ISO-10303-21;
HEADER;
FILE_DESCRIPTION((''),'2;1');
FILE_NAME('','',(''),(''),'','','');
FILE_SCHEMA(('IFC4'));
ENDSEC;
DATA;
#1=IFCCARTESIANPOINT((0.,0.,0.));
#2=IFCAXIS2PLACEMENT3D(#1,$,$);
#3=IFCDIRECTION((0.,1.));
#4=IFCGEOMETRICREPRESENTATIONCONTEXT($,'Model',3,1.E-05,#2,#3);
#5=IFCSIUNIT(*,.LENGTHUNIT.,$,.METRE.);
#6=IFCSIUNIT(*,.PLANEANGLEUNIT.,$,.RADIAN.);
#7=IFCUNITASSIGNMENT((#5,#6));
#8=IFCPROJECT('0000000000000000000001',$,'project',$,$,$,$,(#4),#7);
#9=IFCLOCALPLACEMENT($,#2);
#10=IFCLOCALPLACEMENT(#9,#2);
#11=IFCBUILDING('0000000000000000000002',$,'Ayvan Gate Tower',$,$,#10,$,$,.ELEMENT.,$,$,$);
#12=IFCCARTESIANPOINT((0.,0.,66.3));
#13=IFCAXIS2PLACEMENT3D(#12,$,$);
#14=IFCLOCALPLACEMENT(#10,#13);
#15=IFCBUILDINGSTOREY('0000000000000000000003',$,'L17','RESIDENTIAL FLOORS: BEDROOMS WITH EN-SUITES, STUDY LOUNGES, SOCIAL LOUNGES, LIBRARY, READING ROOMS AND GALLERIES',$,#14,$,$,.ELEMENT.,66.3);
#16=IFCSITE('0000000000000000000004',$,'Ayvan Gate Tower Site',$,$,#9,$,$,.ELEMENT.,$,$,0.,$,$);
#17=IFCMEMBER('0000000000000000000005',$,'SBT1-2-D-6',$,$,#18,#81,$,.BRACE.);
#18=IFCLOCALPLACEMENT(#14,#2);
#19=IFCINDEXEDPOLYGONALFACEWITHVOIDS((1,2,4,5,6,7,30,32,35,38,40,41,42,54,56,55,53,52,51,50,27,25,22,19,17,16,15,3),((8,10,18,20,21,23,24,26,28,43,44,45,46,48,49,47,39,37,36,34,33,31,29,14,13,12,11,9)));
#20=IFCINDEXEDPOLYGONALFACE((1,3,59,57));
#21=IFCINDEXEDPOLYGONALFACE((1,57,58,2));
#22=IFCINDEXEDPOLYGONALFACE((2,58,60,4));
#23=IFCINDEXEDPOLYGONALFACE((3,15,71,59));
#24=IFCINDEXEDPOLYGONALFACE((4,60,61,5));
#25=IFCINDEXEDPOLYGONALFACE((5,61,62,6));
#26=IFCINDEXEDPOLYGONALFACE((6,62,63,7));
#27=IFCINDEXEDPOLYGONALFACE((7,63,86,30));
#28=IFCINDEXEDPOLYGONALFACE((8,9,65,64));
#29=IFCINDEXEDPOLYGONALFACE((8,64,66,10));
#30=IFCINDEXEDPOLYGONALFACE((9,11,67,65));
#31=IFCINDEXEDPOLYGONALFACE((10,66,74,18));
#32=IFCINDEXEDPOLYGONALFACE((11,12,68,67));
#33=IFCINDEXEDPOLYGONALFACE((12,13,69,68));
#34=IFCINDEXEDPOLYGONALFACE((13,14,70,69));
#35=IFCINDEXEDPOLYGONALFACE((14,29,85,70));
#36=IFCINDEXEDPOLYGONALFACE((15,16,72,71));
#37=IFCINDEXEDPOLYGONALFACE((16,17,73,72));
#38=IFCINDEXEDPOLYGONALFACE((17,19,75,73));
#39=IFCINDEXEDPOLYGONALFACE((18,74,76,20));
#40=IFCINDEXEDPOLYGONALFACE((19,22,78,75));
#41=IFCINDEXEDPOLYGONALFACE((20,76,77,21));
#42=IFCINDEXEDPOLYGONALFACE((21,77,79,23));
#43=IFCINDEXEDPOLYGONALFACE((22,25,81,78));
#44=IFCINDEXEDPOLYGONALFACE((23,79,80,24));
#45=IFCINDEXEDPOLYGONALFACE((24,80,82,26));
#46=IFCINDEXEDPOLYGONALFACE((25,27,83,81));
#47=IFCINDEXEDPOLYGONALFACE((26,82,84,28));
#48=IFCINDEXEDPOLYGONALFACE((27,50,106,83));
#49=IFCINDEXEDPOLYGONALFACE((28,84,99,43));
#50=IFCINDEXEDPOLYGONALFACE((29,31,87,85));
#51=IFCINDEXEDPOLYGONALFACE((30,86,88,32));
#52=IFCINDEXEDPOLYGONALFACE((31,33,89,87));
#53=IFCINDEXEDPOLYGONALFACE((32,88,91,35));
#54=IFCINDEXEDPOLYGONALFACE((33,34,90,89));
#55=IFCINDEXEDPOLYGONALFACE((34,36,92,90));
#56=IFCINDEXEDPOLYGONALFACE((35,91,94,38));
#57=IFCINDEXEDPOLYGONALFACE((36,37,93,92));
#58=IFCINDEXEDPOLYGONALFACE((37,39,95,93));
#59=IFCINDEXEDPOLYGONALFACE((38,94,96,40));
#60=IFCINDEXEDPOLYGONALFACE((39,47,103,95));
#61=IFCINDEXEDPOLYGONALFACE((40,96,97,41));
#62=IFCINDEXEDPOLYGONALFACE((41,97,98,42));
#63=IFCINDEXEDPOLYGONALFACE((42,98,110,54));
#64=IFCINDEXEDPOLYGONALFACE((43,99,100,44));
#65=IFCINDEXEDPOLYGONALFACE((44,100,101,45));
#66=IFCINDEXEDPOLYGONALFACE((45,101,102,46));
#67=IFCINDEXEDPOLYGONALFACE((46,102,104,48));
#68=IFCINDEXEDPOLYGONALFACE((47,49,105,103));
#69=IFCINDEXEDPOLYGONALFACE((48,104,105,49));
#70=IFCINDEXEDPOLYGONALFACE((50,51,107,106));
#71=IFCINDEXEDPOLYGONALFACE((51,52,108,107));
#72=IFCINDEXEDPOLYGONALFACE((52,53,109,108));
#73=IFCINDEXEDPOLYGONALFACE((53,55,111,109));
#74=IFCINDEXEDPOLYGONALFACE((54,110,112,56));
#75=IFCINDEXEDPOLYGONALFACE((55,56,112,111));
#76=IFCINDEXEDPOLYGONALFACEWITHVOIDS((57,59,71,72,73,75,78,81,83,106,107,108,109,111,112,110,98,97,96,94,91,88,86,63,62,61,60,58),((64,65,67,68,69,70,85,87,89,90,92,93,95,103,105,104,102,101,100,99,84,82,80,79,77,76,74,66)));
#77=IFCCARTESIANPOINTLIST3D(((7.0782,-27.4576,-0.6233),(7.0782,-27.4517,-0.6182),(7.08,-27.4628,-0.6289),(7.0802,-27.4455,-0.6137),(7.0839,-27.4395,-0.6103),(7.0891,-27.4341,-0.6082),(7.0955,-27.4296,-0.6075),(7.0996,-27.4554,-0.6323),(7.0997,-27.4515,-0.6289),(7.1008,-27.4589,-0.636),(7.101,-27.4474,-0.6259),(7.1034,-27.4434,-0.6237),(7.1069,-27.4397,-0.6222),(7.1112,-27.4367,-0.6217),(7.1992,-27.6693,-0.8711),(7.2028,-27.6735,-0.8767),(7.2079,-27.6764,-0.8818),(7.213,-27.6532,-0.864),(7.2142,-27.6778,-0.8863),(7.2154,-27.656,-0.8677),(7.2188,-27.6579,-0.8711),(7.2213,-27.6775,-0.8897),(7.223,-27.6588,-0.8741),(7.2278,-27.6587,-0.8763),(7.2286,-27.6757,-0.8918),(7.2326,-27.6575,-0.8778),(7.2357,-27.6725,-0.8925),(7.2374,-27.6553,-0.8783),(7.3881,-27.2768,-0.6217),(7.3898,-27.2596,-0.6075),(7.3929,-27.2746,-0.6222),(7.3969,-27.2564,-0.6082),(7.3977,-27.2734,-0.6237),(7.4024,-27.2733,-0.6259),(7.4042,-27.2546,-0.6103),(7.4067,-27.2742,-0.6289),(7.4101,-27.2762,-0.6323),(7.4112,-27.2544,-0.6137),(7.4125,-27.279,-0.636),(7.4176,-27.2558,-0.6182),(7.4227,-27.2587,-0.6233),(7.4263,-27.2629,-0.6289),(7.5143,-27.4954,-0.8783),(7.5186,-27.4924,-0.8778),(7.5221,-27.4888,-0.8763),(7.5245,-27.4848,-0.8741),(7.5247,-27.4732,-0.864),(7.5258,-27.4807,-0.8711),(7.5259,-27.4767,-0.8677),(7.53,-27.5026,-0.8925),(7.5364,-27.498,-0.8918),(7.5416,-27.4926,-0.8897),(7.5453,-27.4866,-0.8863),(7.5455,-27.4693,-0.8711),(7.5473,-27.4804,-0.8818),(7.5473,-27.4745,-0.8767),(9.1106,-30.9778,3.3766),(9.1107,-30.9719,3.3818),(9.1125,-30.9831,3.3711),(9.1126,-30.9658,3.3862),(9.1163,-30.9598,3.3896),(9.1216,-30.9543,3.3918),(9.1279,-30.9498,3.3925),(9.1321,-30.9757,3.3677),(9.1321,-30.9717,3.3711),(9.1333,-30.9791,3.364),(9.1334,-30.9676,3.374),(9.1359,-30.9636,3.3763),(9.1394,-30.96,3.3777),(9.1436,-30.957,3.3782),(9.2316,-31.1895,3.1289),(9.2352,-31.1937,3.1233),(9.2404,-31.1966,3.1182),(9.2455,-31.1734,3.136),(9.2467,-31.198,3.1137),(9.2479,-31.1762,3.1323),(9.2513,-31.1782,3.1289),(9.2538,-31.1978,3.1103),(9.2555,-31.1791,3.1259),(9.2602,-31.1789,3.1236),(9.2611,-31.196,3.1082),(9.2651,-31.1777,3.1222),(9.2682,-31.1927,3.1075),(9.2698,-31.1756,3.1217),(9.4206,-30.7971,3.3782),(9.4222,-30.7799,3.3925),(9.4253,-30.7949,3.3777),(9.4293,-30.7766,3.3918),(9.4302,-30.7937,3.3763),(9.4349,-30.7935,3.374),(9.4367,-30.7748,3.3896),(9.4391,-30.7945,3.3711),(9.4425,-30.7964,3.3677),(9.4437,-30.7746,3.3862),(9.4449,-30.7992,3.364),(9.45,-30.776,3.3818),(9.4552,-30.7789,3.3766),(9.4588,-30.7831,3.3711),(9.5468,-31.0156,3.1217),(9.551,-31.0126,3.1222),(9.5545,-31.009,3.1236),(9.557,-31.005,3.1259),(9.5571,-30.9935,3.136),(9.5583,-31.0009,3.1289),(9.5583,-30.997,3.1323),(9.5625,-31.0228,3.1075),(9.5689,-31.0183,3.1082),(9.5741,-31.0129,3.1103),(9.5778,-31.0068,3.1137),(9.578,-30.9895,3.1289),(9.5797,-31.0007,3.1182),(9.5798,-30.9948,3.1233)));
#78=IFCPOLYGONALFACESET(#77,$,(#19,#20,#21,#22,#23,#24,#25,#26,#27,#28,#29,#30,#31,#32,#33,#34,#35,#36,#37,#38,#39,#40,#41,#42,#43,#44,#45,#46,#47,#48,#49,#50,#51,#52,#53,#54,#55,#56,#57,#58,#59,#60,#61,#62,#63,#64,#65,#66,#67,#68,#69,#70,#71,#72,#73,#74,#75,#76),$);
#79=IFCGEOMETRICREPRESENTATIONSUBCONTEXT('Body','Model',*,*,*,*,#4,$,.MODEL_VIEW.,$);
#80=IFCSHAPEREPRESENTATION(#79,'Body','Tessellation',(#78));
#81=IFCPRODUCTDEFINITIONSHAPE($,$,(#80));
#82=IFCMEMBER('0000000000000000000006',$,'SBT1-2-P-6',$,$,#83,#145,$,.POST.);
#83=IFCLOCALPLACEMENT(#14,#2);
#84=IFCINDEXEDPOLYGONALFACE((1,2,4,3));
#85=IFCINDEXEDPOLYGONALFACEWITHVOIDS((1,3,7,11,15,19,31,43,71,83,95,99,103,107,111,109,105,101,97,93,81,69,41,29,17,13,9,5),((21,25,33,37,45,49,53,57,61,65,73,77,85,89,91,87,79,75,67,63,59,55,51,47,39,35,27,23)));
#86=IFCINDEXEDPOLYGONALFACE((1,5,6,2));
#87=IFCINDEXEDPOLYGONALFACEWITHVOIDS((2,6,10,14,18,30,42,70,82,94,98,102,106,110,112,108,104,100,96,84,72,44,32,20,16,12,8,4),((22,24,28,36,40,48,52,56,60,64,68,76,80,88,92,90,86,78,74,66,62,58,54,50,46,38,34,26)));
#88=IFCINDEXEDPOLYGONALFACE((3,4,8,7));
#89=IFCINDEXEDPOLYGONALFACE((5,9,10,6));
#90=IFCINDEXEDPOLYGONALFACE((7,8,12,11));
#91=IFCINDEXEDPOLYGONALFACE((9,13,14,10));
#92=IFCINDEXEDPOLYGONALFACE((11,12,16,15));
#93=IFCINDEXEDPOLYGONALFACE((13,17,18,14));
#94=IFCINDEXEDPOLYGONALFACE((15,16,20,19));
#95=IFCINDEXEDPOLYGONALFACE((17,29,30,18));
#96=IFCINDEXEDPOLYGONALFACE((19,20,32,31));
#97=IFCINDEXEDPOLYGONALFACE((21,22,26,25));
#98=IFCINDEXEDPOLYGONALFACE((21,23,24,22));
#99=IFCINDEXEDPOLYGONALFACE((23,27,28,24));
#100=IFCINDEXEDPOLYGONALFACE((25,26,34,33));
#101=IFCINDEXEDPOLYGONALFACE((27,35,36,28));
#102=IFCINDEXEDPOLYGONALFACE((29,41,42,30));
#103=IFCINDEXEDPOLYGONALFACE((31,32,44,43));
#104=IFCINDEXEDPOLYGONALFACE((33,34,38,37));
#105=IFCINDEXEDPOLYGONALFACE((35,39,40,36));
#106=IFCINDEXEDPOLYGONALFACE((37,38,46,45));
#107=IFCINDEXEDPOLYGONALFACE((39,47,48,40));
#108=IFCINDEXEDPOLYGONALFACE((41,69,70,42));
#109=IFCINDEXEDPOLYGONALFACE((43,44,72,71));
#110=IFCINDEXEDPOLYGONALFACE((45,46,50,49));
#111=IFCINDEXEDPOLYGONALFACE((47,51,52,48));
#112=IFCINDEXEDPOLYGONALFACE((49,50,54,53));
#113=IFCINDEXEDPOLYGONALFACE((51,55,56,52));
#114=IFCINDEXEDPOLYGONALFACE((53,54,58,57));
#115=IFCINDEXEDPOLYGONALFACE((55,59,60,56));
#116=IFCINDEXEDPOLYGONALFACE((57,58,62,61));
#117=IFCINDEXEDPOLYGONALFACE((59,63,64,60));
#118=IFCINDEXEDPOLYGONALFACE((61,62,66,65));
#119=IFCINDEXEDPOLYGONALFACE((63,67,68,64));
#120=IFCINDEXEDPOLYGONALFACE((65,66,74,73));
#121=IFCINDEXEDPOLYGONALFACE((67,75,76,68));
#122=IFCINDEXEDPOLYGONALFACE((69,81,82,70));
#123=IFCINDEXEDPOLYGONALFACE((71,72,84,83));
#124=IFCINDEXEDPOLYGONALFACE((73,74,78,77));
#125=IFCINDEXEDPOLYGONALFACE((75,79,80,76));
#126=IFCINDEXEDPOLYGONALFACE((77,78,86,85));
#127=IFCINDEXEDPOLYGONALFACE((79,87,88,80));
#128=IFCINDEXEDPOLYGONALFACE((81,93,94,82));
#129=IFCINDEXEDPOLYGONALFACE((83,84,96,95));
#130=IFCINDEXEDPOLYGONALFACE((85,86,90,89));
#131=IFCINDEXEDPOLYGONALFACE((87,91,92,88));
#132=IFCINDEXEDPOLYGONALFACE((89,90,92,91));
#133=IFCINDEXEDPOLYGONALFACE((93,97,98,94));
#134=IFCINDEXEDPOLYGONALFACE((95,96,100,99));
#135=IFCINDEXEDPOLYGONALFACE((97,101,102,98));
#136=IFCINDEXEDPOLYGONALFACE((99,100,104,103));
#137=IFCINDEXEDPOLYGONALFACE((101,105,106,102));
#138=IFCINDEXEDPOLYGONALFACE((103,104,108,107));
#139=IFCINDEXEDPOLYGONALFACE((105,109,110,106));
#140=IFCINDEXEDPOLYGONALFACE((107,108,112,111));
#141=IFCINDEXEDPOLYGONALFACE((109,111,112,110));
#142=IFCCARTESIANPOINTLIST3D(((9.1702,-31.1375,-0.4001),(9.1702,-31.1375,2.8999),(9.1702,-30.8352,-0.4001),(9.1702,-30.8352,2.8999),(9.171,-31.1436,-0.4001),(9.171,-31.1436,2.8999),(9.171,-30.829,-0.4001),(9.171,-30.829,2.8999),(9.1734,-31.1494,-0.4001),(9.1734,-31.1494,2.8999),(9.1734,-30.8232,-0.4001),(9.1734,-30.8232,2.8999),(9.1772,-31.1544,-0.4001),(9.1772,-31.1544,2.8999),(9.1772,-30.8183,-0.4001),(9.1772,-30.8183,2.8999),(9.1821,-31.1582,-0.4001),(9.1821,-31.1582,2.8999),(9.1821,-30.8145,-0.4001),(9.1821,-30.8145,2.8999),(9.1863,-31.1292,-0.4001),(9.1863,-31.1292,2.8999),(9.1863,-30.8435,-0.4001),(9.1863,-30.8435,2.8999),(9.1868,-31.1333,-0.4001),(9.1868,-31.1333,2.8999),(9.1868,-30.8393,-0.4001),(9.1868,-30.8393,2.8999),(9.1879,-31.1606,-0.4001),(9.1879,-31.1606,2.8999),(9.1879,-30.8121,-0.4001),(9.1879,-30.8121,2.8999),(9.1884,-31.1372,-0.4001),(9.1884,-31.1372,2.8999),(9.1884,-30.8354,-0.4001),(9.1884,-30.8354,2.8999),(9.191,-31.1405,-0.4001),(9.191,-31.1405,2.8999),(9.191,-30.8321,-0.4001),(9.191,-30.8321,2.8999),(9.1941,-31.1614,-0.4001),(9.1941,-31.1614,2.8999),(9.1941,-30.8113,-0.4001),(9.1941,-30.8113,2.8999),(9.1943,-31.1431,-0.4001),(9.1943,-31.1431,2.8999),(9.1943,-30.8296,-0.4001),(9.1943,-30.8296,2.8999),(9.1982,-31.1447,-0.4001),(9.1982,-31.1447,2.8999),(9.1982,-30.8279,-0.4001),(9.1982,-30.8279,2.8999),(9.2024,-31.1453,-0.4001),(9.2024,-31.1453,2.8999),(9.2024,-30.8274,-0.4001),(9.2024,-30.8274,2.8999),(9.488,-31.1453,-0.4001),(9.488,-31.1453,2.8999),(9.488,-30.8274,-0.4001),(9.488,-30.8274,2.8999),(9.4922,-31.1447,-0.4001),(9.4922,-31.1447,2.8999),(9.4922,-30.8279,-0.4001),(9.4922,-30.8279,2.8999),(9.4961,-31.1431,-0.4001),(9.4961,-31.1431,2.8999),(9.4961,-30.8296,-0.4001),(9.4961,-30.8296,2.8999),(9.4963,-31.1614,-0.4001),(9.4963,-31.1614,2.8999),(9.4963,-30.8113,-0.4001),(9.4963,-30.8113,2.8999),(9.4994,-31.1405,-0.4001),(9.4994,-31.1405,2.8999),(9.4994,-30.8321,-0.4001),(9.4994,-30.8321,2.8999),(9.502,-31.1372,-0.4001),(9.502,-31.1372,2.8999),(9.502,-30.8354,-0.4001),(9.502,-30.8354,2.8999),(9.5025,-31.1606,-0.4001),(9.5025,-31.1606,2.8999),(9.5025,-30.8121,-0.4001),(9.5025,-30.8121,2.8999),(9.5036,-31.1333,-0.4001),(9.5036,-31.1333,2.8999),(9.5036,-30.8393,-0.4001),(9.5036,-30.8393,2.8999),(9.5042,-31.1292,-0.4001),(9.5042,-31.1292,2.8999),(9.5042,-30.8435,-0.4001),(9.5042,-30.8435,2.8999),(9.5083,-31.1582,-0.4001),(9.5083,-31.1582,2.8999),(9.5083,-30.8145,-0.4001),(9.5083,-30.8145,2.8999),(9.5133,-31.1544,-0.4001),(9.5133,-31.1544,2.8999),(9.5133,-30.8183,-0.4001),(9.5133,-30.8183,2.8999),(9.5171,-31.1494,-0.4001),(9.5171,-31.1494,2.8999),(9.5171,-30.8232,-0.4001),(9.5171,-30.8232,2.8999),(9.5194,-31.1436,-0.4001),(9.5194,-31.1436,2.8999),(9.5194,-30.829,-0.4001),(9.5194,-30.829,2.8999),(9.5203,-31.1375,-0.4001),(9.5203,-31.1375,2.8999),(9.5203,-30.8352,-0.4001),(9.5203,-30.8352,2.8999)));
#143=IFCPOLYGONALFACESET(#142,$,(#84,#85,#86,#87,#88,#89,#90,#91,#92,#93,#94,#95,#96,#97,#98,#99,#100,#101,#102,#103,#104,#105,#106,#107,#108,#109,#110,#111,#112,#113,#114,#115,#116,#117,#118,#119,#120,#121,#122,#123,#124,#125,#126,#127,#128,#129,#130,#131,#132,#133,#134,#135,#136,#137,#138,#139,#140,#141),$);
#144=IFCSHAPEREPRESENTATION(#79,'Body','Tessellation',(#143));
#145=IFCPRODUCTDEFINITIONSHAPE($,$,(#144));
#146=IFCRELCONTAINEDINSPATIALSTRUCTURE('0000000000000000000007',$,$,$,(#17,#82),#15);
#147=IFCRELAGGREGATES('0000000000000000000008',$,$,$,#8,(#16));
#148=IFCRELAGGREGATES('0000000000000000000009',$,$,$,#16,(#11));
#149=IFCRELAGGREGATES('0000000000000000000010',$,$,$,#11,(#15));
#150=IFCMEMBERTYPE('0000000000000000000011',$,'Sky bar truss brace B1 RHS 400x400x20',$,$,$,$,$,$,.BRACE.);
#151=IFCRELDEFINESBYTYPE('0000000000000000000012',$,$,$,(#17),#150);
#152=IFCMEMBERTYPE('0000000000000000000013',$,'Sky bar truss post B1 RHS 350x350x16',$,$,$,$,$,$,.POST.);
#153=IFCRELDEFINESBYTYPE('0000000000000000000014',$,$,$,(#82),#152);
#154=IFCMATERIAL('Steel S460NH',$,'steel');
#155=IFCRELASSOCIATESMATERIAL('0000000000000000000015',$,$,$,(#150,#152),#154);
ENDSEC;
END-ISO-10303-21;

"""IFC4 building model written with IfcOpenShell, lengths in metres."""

from ifc_helpers import new_model, si_unit, direction, frame, origin, origin_2d, place, context, subcontext, project, spatial, hollow_rectangle, extrude, material, material_profile, profile_set, type_object, element, save


model = new_model("IFC4")

# Units and contexts
model_context = context("Model", 3, precision=1e-05, world=origin(), true_north=direction((0.0, 1.0)))
body_context = subcontext(model_context, "Body", "Model", "MODEL_VIEW")
ifc_project = project(units=[si_unit("LENGTHUNIT", "METRE"), si_unit("PLANEANGLEUNIT", "RADIAN")], contexts=[model_context])

# Site, building, storey
site_placement = place(None, origin())
site = spatial("IfcSite", under=ifc_project, at=site_placement, Name="Ayvan Gate Tower Site", CompositionType="ELEMENT", RefElevation=0.0)
building_placement = place(site_placement, origin())
building = spatial("IfcBuilding", under=site, at=building_placement, Name="Ayvan Gate Tower", CompositionType="ELEMENT")
storey_placement = place(building_placement, frame((0.0, 0.0, 66.3)))
storey = spatial("IfcBuildingStorey", under=building, at=storey_placement, Name="L17", Description="RESIDENTIAL FLOORS: BEDROOMS WITH EN-SUITES, STUDY LOUNGES, SOCIAL LOUNGES, LIBRARY, READING ROOMS AND GALLERIES", CompositionType="ELEMENT", Elevation=66.3)

# Members
ifc_material_1 = material(Name="Steel S460NH", Category="steel")
ifc_material_profile_1 = material_profile(ifc_material_1, hollow_rectangle(XDim=0.3999, YDim=0.3999, WallThickness=0.02, InnerFilletRadius=0.02, OuterFilletRadius=0.03, at=origin_2d()), Name="RHS 400x400x20")
ifc_profile_set_1 = profile_set([ifc_material_profile_1], Name="Steel S460NH")
member_type_1 = type_object("IfcMemberType", Name="Sky bar truss brace B1 RHS 400x400x20", PredefinedType="BRACE", material=ifc_profile_set_1)
member_1_placement = place(storey_placement, frame((7.3127, -27.4661, -0.75), z_axis=(0.356392, -0.617275, 0.701396), x_axis=(0.866021, 0.500008, 0.0)))
element("IfcMember", 1, at=member_1_placement, inside=storey, type_object=member_type_1, Name="SBT1-2-D-6", PredefinedType="BRACE", context=body_context, shape_type="SweptSolid", body=[
    extrude(hollow_rectangle(XDim=0.3999, YDim=0.3999, WallThickness=0.02, InnerFilletRadius=0.02, OuterFilletRadius=0.03, at=origin_2d()), origin(), (0.0, 0.0, 1.0), 5.7029),
])
ifc_material_profile_2 = material_profile(ifc_material_1, hollow_rectangle(XDim=0.3501, YDim=0.3501, WallThickness=0.0161, InnerFilletRadius=0.0161, OuterFilletRadius=0.0239, at=origin_2d()), Name="RHS 350x350x16")
ifc_profile_set_2 = profile_set([ifc_material_profile_2], Name="Steel S460NH")
member_type_2 = type_object("IfcMemberType", Name="Sky bar truss post B1 RHS 350x350x16", PredefinedType="POST", material=ifc_profile_set_2)
member_2_placement = place(storey_placement, frame((9.3452, -30.9863, -0.4001), z_axis=(0.0, 0.0, 1.0), x_axis=(1.0, 0.0, 0.0)))
element("IfcMember", 2, at=member_2_placement, inside=storey, type_object=member_type_2, Name="SBT1-2-P-6", PredefinedType="POST", context=body_context, shape_type="SweptSolid", body=[
    extrude(hollow_rectangle(XDim=0.3501, YDim=0.3501, WallThickness=0.0161, InnerFilletRadius=0.0161, OuterFilletRadius=0.0239, at=origin_2d()), origin(), (0.0, 0.0, 1.0), 3.3),
])

save(model, "model.ifc")
